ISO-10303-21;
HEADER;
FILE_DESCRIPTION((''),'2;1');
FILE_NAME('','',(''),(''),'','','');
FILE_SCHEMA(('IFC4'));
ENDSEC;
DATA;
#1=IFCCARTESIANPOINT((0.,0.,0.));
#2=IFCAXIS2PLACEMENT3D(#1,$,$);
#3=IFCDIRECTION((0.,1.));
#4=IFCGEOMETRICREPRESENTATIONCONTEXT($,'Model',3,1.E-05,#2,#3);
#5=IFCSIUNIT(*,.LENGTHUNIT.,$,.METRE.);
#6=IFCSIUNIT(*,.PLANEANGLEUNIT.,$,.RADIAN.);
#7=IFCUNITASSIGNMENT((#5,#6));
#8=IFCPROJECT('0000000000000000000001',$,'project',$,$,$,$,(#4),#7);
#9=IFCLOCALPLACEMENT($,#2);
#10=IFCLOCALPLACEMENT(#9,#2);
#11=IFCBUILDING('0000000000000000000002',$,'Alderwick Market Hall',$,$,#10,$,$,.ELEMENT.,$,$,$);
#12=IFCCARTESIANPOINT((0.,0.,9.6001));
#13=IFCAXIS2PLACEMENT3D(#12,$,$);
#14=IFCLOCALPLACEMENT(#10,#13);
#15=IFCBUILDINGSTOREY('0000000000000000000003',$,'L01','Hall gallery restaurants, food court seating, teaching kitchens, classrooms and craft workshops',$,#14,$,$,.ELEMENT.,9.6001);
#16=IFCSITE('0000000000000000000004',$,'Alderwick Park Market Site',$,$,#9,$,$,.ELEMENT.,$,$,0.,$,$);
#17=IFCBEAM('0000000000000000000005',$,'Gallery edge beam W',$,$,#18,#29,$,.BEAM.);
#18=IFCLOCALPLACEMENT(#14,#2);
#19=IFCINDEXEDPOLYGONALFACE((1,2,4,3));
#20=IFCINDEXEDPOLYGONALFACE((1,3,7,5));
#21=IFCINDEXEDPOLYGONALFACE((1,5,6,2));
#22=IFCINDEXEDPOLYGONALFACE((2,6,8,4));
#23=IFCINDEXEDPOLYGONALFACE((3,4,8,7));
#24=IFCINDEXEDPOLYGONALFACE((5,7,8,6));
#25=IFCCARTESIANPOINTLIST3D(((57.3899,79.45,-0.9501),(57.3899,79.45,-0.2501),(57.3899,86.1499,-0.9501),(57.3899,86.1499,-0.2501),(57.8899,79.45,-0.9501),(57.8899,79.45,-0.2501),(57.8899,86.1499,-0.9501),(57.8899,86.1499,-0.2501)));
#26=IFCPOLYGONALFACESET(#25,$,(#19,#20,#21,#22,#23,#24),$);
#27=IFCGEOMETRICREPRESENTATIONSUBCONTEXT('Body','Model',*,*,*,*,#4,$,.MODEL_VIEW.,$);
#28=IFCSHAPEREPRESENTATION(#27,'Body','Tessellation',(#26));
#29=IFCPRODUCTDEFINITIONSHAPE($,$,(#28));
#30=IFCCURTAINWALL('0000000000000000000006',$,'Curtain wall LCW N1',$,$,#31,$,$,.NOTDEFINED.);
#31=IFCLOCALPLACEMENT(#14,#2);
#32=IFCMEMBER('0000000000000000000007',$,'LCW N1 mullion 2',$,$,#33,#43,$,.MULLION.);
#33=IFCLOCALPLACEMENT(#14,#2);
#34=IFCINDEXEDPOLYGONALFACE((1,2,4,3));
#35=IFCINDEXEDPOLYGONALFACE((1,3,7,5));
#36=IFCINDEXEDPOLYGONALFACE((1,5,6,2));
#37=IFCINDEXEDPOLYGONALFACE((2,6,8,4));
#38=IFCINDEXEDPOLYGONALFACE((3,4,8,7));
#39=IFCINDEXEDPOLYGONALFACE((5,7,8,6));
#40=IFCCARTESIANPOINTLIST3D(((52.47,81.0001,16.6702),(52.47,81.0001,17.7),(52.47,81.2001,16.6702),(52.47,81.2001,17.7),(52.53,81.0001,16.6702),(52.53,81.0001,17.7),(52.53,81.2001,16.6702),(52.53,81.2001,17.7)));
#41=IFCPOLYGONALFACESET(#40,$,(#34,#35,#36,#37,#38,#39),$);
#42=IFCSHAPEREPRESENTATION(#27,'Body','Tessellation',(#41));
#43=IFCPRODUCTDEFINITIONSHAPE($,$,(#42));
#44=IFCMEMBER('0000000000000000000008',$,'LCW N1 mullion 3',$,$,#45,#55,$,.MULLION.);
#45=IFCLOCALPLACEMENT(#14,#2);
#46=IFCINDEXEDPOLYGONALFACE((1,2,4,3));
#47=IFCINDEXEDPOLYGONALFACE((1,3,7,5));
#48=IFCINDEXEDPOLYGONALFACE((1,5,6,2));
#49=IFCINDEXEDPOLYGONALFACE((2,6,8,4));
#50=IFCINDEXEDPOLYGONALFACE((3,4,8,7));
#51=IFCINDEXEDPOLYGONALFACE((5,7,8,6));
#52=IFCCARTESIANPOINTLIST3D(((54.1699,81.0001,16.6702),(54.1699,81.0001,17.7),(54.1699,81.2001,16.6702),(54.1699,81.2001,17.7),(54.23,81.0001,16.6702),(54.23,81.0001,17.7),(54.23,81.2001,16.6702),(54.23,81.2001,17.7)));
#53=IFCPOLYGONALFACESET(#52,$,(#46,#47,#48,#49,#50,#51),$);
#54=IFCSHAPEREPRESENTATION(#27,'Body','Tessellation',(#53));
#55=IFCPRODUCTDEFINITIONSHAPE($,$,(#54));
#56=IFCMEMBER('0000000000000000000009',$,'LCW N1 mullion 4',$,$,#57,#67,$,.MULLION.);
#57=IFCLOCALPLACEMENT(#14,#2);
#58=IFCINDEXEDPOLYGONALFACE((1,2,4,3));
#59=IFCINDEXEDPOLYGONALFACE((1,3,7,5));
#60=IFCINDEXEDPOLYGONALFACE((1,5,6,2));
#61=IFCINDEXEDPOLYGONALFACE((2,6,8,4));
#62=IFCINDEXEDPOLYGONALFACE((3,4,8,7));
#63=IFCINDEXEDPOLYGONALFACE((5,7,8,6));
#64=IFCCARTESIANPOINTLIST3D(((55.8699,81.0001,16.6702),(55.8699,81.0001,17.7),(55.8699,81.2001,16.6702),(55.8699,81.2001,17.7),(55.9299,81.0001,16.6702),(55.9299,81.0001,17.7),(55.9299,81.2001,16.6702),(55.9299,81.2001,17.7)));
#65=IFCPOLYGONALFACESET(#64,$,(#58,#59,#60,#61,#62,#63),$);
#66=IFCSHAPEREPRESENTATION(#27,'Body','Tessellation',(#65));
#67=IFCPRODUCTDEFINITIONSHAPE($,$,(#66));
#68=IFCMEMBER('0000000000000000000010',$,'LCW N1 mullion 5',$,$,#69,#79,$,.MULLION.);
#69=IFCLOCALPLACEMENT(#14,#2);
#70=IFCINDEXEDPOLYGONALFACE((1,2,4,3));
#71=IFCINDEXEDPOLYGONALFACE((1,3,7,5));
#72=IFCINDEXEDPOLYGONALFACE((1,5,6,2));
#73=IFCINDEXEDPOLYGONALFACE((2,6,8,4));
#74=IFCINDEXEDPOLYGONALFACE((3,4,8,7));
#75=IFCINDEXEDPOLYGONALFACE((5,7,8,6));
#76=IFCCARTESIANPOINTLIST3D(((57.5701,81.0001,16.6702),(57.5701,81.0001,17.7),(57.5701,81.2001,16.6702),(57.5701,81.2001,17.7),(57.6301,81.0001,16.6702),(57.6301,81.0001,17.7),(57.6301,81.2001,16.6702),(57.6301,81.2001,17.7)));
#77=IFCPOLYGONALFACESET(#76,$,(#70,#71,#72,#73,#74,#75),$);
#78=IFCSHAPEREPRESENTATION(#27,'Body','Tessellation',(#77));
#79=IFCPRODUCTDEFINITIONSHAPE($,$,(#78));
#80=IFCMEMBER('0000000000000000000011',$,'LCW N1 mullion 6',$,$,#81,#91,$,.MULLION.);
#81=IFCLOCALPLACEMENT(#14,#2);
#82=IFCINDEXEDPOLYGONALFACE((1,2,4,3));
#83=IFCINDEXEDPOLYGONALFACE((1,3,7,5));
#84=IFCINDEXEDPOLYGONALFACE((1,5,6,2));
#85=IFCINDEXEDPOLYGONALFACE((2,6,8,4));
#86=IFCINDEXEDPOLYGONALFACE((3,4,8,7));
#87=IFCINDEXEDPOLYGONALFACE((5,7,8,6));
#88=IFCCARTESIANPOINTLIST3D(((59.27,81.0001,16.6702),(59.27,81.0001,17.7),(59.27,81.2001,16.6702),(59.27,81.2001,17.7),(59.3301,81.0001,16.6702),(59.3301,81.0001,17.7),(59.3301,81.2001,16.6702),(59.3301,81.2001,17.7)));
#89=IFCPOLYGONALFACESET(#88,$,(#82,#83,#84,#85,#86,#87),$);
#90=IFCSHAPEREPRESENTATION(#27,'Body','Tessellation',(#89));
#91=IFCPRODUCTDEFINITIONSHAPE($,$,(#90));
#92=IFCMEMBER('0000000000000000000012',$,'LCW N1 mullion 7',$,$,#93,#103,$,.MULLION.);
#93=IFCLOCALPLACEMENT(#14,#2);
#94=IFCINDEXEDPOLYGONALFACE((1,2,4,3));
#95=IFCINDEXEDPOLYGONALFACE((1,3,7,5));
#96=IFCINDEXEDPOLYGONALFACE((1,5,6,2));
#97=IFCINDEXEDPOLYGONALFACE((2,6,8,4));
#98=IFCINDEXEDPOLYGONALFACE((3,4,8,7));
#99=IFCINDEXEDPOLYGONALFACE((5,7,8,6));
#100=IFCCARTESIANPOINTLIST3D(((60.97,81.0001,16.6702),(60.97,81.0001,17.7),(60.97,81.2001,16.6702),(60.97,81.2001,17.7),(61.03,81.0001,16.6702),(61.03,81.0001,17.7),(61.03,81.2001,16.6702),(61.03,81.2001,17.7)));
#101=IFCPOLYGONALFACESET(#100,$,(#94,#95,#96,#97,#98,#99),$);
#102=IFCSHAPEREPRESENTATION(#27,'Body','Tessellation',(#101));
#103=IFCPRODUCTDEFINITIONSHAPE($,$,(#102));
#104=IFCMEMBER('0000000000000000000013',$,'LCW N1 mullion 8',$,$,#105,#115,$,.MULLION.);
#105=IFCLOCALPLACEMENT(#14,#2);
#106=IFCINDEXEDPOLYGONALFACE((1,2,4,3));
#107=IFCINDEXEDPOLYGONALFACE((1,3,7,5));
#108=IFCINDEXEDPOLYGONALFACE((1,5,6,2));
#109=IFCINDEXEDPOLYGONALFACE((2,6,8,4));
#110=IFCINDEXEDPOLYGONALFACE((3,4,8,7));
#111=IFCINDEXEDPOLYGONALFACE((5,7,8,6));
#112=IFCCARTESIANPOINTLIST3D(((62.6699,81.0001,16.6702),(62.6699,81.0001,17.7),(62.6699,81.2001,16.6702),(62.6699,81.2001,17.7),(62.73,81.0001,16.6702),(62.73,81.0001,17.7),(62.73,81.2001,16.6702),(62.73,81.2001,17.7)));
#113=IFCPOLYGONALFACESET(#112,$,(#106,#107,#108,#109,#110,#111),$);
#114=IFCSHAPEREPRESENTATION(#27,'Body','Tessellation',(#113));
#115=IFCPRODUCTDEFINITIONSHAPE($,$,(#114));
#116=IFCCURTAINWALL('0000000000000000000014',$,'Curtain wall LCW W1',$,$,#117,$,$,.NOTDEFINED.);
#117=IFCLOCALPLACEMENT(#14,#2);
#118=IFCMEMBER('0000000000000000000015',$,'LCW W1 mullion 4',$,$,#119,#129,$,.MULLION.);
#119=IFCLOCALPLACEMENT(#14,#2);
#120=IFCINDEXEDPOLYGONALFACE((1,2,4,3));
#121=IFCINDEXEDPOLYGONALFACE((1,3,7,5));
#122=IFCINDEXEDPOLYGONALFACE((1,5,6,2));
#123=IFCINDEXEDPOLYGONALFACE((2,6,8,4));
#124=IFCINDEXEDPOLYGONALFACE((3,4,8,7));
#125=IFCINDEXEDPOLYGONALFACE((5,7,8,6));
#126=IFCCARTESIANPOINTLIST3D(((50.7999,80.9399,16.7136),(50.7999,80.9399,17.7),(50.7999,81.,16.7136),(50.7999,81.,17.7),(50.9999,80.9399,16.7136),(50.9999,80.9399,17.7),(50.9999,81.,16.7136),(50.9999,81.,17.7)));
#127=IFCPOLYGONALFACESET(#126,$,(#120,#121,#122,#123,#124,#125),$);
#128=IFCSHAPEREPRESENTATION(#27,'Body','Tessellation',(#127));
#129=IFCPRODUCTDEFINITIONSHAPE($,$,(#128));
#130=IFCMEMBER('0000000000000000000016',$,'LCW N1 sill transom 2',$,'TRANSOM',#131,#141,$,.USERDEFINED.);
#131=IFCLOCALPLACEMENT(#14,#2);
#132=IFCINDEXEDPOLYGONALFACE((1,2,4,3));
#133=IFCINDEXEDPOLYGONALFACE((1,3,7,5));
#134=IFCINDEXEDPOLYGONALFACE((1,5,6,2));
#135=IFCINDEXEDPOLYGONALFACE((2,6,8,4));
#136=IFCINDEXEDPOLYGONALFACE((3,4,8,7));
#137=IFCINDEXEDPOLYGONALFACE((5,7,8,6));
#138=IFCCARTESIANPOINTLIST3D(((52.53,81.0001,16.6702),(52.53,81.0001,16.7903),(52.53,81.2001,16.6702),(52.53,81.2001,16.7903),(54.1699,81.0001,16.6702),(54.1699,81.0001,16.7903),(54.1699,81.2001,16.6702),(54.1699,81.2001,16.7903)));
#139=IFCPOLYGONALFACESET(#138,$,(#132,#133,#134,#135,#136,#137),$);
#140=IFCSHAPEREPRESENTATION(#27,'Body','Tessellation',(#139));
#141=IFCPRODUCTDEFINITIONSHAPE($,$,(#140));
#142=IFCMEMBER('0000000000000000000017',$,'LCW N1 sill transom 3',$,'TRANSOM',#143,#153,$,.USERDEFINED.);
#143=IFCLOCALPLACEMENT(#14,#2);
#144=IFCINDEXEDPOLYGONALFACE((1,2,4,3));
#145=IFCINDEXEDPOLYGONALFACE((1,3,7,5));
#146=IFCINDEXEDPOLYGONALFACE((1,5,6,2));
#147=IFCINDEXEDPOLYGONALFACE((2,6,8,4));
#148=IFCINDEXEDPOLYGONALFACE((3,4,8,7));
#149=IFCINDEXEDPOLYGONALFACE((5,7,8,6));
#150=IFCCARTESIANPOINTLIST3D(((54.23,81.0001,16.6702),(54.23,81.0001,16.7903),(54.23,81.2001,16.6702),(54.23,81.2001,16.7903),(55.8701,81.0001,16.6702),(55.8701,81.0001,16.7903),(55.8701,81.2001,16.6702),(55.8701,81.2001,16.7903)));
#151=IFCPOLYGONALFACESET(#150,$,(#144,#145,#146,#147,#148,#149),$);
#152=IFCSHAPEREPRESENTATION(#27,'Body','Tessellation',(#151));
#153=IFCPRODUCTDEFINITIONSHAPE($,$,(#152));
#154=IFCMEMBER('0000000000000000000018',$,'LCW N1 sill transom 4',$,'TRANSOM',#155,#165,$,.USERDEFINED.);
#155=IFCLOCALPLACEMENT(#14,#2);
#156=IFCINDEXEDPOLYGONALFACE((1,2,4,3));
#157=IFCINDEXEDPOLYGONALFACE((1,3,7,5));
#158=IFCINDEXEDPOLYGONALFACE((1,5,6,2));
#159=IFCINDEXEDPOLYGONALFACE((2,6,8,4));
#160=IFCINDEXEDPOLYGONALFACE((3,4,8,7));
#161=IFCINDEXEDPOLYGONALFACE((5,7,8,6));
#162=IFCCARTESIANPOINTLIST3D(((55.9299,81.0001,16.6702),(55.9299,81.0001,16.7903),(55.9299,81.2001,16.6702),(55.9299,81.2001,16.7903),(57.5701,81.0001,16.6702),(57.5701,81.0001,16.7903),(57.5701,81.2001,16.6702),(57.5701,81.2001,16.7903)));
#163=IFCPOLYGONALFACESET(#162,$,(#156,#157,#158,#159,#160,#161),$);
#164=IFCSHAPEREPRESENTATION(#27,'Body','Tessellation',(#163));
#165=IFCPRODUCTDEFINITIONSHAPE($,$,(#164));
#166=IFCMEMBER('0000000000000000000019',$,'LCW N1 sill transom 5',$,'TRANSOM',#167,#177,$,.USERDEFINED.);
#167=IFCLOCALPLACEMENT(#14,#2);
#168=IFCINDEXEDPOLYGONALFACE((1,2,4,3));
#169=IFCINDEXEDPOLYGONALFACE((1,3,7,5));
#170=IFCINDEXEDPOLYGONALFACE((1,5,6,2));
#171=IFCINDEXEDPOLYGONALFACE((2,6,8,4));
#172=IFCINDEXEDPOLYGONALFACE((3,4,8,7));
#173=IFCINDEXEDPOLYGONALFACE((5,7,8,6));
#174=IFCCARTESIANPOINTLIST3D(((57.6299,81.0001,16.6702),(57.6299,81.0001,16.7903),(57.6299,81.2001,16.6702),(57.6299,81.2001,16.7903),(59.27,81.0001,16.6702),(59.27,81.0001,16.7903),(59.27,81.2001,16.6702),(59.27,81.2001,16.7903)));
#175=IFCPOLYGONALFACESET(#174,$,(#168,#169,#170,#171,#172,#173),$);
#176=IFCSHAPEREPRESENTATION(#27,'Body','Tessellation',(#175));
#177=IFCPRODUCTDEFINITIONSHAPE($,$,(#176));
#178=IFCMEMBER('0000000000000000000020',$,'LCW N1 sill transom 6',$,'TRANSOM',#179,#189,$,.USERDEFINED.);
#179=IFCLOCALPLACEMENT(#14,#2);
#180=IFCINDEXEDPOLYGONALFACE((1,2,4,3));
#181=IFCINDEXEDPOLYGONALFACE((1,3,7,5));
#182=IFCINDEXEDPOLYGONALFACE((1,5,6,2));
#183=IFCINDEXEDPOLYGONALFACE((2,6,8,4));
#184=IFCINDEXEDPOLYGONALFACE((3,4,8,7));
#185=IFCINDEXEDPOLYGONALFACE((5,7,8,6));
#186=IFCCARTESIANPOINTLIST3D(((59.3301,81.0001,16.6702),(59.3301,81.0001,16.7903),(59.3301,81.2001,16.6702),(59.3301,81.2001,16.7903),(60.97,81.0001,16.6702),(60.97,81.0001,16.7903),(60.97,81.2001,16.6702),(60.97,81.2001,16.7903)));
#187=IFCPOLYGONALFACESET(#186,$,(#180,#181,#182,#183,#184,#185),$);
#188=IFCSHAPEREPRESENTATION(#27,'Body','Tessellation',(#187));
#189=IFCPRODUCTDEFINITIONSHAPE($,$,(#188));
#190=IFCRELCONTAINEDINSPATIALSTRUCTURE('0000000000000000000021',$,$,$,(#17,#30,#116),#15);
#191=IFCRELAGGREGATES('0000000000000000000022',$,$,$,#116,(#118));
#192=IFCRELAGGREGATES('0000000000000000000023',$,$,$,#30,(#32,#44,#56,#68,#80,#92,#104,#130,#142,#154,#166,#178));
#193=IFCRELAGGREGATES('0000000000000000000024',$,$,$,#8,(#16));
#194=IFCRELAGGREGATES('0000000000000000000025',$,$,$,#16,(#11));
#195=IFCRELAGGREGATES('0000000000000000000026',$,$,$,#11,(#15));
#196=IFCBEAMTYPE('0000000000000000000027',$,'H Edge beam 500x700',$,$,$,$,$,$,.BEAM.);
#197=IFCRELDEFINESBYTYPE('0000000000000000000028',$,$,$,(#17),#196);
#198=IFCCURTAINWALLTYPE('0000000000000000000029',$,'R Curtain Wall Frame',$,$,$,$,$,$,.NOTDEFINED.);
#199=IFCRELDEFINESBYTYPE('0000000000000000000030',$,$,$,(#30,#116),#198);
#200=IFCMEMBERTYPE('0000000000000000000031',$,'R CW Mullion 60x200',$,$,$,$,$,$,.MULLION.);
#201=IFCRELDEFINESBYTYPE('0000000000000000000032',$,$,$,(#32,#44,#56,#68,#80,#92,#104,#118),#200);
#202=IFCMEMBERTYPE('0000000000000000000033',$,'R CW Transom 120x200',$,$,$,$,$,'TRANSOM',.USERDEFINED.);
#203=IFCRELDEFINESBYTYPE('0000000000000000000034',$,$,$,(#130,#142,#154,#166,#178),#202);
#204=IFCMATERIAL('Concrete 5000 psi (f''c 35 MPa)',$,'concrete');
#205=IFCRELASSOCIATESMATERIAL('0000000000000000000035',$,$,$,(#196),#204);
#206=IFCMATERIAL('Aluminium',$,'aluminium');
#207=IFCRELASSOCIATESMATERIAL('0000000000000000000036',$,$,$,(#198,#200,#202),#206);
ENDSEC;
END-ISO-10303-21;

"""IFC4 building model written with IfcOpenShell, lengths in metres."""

from ifc_helpers import new_model, si_unit, direction, frame, origin, origin_2d, place, context, subcontext, project, spatial, rectangle, extrude, material, material_profile, profile_set, type_object, element, aggregate, save


model = new_model("IFC4")

# Units and contexts
model_context = context("Model", 3, precision=1e-05, world=origin(), true_north=direction((0.0, 1.0)))
body_context = subcontext(model_context, "Body", "Model", "MODEL_VIEW")
ifc_project = project(units=[si_unit("LENGTHUNIT", "METRE"), si_unit("PLANEANGLEUNIT", "RADIAN")], contexts=[model_context])

# Site, building, storey
site_placement = place(None, origin())
site = spatial("IfcSite", under=ifc_project, at=site_placement, Name="Alderwick Park Market Site", CompositionType="ELEMENT", RefElevation=0.0)
building_placement = place(site_placement, origin())
building = spatial("IfcBuilding", under=site, at=building_placement, Name="Alderwick Market Hall", CompositionType="ELEMENT")
storey_placement = place(building_placement, frame((0.0, 0.0, 9.6001)))
storey = spatial("IfcBuildingStorey", under=building, at=storey_placement, Name="L01", Description="Hall gallery restaurants, food court seating, teaching kitchens, classrooms and craft workshops", CompositionType="ELEMENT", Elevation=9.6001)

# Beam
ifc_material_1 = material(Name="Concrete 5000 psi (f'c 35 MPa)", Category="concrete")
ifc_material_profile_1 = material_profile(ifc_material_1, rectangle(XDim=0.5, YDim=0.7, at=origin_2d()), Name="RC 500x700")
ifc_profile_set_1 = profile_set([ifc_material_profile_1], Name="Concrete 5000 psi (f'c 35 MPa)")
beam_type = type_object("IfcBeamType", Name="H Edge beam 500x700", PredefinedType="BEAM", material=ifc_profile_set_1)
beam_placement = place(storey_placement, frame((57.6399, 79.45, -0.6001), z_axis=(0.0, 1.0, 0.0), x_axis=(-1.0, 0.0, 0.0)))
element("IfcBeam", 1, at=beam_placement, inside=storey, type_object=beam_type, Name="Gallery edge beam W", PredefinedType="BEAM", context=body_context, shape_type="SweptSolid", body=[
    extrude(rectangle(XDim=0.5, YDim=0.7, at=origin_2d()), origin(), (0.0, 0.0, 1.0), 6.7),
])

# Curtain wall, members
ifc_material_2 = material(Name="Aluminium", Category="aluminium")
curtain_wall_type = type_object("IfcCurtainWallType", Name="R Curtain Wall Frame", PredefinedType="NOTDEFINED", material=ifc_material_2)
curtain_wall_1_placement = place(storey_placement, origin())
curtain_wall_1 = element("IfcCurtainWall", 2, at=curtain_wall_1_placement, inside=storey, type_object=curtain_wall_type, Name="Curtain wall LCW N1", PredefinedType="NOTDEFINED")
ifc_material_profile_2 = material_profile(ifc_material_2, rectangle(XDim=0.2, YDim=0.0601, at=origin_2d()), Name="AL 60x200")
ifc_profile_set_2 = profile_set([ifc_material_profile_2], Name="Aluminium")
member_type_1 = type_object("IfcMemberType", Name="R CW Mullion 60x200", PredefinedType="MULLION", material=ifc_profile_set_2)
member_1_placement = place(storey_placement, frame((52.5, 81.1001, 16.6702), z_axis=(0.0, 0.0, 1.0), x_axis=(0.0, 1.0, 0.0)))
member_1 = element("IfcMember", 3, at=member_1_placement, type_object=member_type_1, Name="LCW N1 mullion 2", PredefinedType="MULLION", context=body_context, shape_type="SweptSolid", body=[
    extrude(rectangle(XDim=0.2, YDim=0.0601, at=origin_2d()), origin(), (0.0, 0.0, 1.0), 1.0298),
])
member_2_placement = place(storey_placement, frame((54.2, 81.1001, 16.6702), z_axis=(0.0, 0.0, 1.0), x_axis=(0.0, 1.0, 0.0)))
member_2 = element("IfcMember", 4, at=member_2_placement, type_object=member_type_1, Name="LCW N1 mullion 3", PredefinedType="MULLION", context=body_context, shape_type="SweptSolid", body=[
    extrude(rectangle(XDim=0.2, YDim=0.0601, at=origin_2d()), origin(), (0.0, 0.0, 1.0), 1.0298),
])
member_3_placement = place(storey_placement, frame((55.8999, 81.1001, 16.6702), z_axis=(0.0, 0.0, 1.0), x_axis=(0.0, 1.0, 0.0)))
member_3 = element("IfcMember", 5, at=member_3_placement, type_object=member_type_1, Name="LCW N1 mullion 4", PredefinedType="MULLION", context=body_context, shape_type="SweptSolid", body=[
    extrude(rectangle(XDim=0.2, YDim=0.0601, at=origin_2d()), origin(), (0.0, 0.0, 1.0), 1.0298),
])
member_4_placement = place(storey_placement, frame((57.6001, 81.1001, 16.6702), z_axis=(0.0, 0.0, 1.0), x_axis=(0.0, 1.0, 0.0)))
member_4 = element("IfcMember", 6, at=member_4_placement, type_object=member_type_1, Name="LCW N1 mullion 5", PredefinedType="MULLION", context=body_context, shape_type="SweptSolid", body=[
    extrude(rectangle(XDim=0.2, YDim=0.0601, at=origin_2d()), origin(), (0.0, 0.0, 1.0), 1.0298),
])
member_5_placement = place(storey_placement, frame((59.3, 81.1001, 16.6702), z_axis=(0.0, 0.0, 1.0), x_axis=(0.0, 1.0, 0.0)))
member_5 = element("IfcMember", 7, at=member_5_placement, type_object=member_type_1, Name="LCW N1 mullion 6", PredefinedType="MULLION", context=body_context, shape_type="SweptSolid", body=[
    extrude(rectangle(XDim=0.2, YDim=0.0601, at=origin_2d()), origin(), (0.0, 0.0, 1.0), 1.0298),
])
member_6_placement = place(storey_placement, frame((61.0, 81.1001, 16.6702), z_axis=(0.0, 0.0, 1.0), x_axis=(0.0, 1.0, 0.0)))
member_6 = element("IfcMember", 8, at=member_6_placement, type_object=member_type_1, Name="LCW N1 mullion 7", PredefinedType="MULLION", context=body_context, shape_type="SweptSolid", body=[
    extrude(rectangle(XDim=0.2, YDim=0.0601, at=origin_2d()), origin(), (0.0, 0.0, 1.0), 1.0298),
])
member_7_placement = place(storey_placement, frame((62.7, 81.1001, 16.6702), z_axis=(0.0, 0.0, 1.0), x_axis=(0.0, 1.0, 0.0)))
member_7 = element("IfcMember", 9, at=member_7_placement, type_object=member_type_1, Name="LCW N1 mullion 8", PredefinedType="MULLION", context=body_context, shape_type="SweptSolid", body=[
    extrude(rectangle(XDim=0.2, YDim=0.0601, at=origin_2d()), origin(), (0.0, 0.0, 1.0), 1.0298),
])

# Curtain wall, member
curtain_wall_2_placement = place(storey_placement, origin())
curtain_wall_2 = element("IfcCurtainWall", 10, at=curtain_wall_2_placement, inside=storey, type_object=curtain_wall_type, Name="Curtain wall LCW W1", PredefinedType="NOTDEFINED")
member_8_placement = place(storey_placement, frame((50.8999, 80.97, 16.7136), z_axis=(0.0, 0.0, 1.0), x_axis=(1.0, 0.0, 0.0)))
member_8 = element("IfcMember", 11, at=member_8_placement, type_object=member_type_1, Name="LCW W1 mullion 4", PredefinedType="MULLION", context=body_context, shape_type="SweptSolid", body=[
    extrude(rectangle(XDim=0.2, YDim=0.0601, at=origin_2d()), origin(), (0.0, 0.0, 1.0), 0.9863),
])
aggregate(curtain_wall_2, [member_8])

# Members
ifc_material_profile_3 = material_profile(ifc_material_2, rectangle(XDim=0.2, YDim=0.1201, at=origin_2d()), Name="AL 120x200")
ifc_profile_set_3 = profile_set([ifc_material_profile_3], Name="Aluminium")
member_type_2 = type_object("IfcMemberType", Name="R CW Transom 120x200", ElementType="TRANSOM", PredefinedType="USERDEFINED", material=ifc_profile_set_3)
member_9_placement = place(storey_placement, frame((52.53, 81.1001, 16.7302), z_axis=(1.0, 0.0, 0.0), x_axis=(0.0, 1.0, 0.0)))
member_9 = element("IfcMember", 12, at=member_9_placement, type_object=member_type_2, Name="LCW N1 sill transom 2", ObjectType="TRANSOM", PredefinedType="USERDEFINED", context=body_context, shape_type="SweptSolid", body=[
    extrude(rectangle(XDim=0.2, YDim=0.1201, at=origin_2d()), origin(), (0.0, 0.0, 1.0), 1.6399),
])
member_10_placement = place(storey_placement, frame((54.23, 81.1001, 16.7302), z_axis=(1.0, 0.0, 0.0), x_axis=(0.0, 1.0, 0.0)))
member_10 = element("IfcMember", 13, at=member_10_placement, type_object=member_type_2, Name="LCW N1 sill transom 3", ObjectType="TRANSOM", PredefinedType="USERDEFINED", context=body_context, shape_type="SweptSolid", body=[
    extrude(rectangle(XDim=0.2, YDim=0.1201, at=origin_2d()), origin(), (0.0, 0.0, 1.0), 1.6401),
])
member_11_placement = place(storey_placement, frame((55.9299, 81.1001, 16.7302), z_axis=(1.0, 0.0, 0.0), x_axis=(0.0, 1.0, 0.0)))
member_11 = element("IfcMember", 14, at=member_11_placement, type_object=member_type_2, Name="LCW N1 sill transom 4", ObjectType="TRANSOM", PredefinedType="USERDEFINED", context=body_context, shape_type="SweptSolid", body=[
    extrude(rectangle(XDim=0.2, YDim=0.1201, at=origin_2d()), origin(), (0.0, 0.0, 1.0), 1.6401),
])
member_12_placement = place(storey_placement, frame((57.6299, 81.1001, 16.7302), z_axis=(1.0, 0.0, 0.0), x_axis=(0.0, 1.0, 0.0)))
member_12 = element("IfcMember", 15, at=member_12_placement, type_object=member_type_2, Name="LCW N1 sill transom 5", ObjectType="TRANSOM", PredefinedType="USERDEFINED", context=body_context, shape_type="SweptSolid", body=[
    extrude(rectangle(XDim=0.2, YDim=0.1201, at=origin_2d()), origin(), (0.0, 0.0, 1.0), 1.6401),
])
member_13_placement = place(storey_placement, frame((59.3301, 81.1001, 16.7302), z_axis=(1.0, 0.0, 0.0), x_axis=(0.0, 1.0, 0.0)))
member_13 = element("IfcMember", 16, at=member_13_placement, type_object=member_type_2, Name="LCW N1 sill transom 6", ObjectType="TRANSOM", PredefinedType="USERDEFINED", context=body_context, shape_type="SweptSolid", body=[
    extrude(rectangle(XDim=0.2, YDim=0.1201, at=origin_2d()), origin(), (0.0, 0.0, 1.0), 1.6399),
])

aggregate(curtain_wall_1, [member_1, member_2, member_3, member_4, member_5, member_6, member_7, member_9, member_10, member_11, member_12, member_13])

save(model, "model.ifc")
